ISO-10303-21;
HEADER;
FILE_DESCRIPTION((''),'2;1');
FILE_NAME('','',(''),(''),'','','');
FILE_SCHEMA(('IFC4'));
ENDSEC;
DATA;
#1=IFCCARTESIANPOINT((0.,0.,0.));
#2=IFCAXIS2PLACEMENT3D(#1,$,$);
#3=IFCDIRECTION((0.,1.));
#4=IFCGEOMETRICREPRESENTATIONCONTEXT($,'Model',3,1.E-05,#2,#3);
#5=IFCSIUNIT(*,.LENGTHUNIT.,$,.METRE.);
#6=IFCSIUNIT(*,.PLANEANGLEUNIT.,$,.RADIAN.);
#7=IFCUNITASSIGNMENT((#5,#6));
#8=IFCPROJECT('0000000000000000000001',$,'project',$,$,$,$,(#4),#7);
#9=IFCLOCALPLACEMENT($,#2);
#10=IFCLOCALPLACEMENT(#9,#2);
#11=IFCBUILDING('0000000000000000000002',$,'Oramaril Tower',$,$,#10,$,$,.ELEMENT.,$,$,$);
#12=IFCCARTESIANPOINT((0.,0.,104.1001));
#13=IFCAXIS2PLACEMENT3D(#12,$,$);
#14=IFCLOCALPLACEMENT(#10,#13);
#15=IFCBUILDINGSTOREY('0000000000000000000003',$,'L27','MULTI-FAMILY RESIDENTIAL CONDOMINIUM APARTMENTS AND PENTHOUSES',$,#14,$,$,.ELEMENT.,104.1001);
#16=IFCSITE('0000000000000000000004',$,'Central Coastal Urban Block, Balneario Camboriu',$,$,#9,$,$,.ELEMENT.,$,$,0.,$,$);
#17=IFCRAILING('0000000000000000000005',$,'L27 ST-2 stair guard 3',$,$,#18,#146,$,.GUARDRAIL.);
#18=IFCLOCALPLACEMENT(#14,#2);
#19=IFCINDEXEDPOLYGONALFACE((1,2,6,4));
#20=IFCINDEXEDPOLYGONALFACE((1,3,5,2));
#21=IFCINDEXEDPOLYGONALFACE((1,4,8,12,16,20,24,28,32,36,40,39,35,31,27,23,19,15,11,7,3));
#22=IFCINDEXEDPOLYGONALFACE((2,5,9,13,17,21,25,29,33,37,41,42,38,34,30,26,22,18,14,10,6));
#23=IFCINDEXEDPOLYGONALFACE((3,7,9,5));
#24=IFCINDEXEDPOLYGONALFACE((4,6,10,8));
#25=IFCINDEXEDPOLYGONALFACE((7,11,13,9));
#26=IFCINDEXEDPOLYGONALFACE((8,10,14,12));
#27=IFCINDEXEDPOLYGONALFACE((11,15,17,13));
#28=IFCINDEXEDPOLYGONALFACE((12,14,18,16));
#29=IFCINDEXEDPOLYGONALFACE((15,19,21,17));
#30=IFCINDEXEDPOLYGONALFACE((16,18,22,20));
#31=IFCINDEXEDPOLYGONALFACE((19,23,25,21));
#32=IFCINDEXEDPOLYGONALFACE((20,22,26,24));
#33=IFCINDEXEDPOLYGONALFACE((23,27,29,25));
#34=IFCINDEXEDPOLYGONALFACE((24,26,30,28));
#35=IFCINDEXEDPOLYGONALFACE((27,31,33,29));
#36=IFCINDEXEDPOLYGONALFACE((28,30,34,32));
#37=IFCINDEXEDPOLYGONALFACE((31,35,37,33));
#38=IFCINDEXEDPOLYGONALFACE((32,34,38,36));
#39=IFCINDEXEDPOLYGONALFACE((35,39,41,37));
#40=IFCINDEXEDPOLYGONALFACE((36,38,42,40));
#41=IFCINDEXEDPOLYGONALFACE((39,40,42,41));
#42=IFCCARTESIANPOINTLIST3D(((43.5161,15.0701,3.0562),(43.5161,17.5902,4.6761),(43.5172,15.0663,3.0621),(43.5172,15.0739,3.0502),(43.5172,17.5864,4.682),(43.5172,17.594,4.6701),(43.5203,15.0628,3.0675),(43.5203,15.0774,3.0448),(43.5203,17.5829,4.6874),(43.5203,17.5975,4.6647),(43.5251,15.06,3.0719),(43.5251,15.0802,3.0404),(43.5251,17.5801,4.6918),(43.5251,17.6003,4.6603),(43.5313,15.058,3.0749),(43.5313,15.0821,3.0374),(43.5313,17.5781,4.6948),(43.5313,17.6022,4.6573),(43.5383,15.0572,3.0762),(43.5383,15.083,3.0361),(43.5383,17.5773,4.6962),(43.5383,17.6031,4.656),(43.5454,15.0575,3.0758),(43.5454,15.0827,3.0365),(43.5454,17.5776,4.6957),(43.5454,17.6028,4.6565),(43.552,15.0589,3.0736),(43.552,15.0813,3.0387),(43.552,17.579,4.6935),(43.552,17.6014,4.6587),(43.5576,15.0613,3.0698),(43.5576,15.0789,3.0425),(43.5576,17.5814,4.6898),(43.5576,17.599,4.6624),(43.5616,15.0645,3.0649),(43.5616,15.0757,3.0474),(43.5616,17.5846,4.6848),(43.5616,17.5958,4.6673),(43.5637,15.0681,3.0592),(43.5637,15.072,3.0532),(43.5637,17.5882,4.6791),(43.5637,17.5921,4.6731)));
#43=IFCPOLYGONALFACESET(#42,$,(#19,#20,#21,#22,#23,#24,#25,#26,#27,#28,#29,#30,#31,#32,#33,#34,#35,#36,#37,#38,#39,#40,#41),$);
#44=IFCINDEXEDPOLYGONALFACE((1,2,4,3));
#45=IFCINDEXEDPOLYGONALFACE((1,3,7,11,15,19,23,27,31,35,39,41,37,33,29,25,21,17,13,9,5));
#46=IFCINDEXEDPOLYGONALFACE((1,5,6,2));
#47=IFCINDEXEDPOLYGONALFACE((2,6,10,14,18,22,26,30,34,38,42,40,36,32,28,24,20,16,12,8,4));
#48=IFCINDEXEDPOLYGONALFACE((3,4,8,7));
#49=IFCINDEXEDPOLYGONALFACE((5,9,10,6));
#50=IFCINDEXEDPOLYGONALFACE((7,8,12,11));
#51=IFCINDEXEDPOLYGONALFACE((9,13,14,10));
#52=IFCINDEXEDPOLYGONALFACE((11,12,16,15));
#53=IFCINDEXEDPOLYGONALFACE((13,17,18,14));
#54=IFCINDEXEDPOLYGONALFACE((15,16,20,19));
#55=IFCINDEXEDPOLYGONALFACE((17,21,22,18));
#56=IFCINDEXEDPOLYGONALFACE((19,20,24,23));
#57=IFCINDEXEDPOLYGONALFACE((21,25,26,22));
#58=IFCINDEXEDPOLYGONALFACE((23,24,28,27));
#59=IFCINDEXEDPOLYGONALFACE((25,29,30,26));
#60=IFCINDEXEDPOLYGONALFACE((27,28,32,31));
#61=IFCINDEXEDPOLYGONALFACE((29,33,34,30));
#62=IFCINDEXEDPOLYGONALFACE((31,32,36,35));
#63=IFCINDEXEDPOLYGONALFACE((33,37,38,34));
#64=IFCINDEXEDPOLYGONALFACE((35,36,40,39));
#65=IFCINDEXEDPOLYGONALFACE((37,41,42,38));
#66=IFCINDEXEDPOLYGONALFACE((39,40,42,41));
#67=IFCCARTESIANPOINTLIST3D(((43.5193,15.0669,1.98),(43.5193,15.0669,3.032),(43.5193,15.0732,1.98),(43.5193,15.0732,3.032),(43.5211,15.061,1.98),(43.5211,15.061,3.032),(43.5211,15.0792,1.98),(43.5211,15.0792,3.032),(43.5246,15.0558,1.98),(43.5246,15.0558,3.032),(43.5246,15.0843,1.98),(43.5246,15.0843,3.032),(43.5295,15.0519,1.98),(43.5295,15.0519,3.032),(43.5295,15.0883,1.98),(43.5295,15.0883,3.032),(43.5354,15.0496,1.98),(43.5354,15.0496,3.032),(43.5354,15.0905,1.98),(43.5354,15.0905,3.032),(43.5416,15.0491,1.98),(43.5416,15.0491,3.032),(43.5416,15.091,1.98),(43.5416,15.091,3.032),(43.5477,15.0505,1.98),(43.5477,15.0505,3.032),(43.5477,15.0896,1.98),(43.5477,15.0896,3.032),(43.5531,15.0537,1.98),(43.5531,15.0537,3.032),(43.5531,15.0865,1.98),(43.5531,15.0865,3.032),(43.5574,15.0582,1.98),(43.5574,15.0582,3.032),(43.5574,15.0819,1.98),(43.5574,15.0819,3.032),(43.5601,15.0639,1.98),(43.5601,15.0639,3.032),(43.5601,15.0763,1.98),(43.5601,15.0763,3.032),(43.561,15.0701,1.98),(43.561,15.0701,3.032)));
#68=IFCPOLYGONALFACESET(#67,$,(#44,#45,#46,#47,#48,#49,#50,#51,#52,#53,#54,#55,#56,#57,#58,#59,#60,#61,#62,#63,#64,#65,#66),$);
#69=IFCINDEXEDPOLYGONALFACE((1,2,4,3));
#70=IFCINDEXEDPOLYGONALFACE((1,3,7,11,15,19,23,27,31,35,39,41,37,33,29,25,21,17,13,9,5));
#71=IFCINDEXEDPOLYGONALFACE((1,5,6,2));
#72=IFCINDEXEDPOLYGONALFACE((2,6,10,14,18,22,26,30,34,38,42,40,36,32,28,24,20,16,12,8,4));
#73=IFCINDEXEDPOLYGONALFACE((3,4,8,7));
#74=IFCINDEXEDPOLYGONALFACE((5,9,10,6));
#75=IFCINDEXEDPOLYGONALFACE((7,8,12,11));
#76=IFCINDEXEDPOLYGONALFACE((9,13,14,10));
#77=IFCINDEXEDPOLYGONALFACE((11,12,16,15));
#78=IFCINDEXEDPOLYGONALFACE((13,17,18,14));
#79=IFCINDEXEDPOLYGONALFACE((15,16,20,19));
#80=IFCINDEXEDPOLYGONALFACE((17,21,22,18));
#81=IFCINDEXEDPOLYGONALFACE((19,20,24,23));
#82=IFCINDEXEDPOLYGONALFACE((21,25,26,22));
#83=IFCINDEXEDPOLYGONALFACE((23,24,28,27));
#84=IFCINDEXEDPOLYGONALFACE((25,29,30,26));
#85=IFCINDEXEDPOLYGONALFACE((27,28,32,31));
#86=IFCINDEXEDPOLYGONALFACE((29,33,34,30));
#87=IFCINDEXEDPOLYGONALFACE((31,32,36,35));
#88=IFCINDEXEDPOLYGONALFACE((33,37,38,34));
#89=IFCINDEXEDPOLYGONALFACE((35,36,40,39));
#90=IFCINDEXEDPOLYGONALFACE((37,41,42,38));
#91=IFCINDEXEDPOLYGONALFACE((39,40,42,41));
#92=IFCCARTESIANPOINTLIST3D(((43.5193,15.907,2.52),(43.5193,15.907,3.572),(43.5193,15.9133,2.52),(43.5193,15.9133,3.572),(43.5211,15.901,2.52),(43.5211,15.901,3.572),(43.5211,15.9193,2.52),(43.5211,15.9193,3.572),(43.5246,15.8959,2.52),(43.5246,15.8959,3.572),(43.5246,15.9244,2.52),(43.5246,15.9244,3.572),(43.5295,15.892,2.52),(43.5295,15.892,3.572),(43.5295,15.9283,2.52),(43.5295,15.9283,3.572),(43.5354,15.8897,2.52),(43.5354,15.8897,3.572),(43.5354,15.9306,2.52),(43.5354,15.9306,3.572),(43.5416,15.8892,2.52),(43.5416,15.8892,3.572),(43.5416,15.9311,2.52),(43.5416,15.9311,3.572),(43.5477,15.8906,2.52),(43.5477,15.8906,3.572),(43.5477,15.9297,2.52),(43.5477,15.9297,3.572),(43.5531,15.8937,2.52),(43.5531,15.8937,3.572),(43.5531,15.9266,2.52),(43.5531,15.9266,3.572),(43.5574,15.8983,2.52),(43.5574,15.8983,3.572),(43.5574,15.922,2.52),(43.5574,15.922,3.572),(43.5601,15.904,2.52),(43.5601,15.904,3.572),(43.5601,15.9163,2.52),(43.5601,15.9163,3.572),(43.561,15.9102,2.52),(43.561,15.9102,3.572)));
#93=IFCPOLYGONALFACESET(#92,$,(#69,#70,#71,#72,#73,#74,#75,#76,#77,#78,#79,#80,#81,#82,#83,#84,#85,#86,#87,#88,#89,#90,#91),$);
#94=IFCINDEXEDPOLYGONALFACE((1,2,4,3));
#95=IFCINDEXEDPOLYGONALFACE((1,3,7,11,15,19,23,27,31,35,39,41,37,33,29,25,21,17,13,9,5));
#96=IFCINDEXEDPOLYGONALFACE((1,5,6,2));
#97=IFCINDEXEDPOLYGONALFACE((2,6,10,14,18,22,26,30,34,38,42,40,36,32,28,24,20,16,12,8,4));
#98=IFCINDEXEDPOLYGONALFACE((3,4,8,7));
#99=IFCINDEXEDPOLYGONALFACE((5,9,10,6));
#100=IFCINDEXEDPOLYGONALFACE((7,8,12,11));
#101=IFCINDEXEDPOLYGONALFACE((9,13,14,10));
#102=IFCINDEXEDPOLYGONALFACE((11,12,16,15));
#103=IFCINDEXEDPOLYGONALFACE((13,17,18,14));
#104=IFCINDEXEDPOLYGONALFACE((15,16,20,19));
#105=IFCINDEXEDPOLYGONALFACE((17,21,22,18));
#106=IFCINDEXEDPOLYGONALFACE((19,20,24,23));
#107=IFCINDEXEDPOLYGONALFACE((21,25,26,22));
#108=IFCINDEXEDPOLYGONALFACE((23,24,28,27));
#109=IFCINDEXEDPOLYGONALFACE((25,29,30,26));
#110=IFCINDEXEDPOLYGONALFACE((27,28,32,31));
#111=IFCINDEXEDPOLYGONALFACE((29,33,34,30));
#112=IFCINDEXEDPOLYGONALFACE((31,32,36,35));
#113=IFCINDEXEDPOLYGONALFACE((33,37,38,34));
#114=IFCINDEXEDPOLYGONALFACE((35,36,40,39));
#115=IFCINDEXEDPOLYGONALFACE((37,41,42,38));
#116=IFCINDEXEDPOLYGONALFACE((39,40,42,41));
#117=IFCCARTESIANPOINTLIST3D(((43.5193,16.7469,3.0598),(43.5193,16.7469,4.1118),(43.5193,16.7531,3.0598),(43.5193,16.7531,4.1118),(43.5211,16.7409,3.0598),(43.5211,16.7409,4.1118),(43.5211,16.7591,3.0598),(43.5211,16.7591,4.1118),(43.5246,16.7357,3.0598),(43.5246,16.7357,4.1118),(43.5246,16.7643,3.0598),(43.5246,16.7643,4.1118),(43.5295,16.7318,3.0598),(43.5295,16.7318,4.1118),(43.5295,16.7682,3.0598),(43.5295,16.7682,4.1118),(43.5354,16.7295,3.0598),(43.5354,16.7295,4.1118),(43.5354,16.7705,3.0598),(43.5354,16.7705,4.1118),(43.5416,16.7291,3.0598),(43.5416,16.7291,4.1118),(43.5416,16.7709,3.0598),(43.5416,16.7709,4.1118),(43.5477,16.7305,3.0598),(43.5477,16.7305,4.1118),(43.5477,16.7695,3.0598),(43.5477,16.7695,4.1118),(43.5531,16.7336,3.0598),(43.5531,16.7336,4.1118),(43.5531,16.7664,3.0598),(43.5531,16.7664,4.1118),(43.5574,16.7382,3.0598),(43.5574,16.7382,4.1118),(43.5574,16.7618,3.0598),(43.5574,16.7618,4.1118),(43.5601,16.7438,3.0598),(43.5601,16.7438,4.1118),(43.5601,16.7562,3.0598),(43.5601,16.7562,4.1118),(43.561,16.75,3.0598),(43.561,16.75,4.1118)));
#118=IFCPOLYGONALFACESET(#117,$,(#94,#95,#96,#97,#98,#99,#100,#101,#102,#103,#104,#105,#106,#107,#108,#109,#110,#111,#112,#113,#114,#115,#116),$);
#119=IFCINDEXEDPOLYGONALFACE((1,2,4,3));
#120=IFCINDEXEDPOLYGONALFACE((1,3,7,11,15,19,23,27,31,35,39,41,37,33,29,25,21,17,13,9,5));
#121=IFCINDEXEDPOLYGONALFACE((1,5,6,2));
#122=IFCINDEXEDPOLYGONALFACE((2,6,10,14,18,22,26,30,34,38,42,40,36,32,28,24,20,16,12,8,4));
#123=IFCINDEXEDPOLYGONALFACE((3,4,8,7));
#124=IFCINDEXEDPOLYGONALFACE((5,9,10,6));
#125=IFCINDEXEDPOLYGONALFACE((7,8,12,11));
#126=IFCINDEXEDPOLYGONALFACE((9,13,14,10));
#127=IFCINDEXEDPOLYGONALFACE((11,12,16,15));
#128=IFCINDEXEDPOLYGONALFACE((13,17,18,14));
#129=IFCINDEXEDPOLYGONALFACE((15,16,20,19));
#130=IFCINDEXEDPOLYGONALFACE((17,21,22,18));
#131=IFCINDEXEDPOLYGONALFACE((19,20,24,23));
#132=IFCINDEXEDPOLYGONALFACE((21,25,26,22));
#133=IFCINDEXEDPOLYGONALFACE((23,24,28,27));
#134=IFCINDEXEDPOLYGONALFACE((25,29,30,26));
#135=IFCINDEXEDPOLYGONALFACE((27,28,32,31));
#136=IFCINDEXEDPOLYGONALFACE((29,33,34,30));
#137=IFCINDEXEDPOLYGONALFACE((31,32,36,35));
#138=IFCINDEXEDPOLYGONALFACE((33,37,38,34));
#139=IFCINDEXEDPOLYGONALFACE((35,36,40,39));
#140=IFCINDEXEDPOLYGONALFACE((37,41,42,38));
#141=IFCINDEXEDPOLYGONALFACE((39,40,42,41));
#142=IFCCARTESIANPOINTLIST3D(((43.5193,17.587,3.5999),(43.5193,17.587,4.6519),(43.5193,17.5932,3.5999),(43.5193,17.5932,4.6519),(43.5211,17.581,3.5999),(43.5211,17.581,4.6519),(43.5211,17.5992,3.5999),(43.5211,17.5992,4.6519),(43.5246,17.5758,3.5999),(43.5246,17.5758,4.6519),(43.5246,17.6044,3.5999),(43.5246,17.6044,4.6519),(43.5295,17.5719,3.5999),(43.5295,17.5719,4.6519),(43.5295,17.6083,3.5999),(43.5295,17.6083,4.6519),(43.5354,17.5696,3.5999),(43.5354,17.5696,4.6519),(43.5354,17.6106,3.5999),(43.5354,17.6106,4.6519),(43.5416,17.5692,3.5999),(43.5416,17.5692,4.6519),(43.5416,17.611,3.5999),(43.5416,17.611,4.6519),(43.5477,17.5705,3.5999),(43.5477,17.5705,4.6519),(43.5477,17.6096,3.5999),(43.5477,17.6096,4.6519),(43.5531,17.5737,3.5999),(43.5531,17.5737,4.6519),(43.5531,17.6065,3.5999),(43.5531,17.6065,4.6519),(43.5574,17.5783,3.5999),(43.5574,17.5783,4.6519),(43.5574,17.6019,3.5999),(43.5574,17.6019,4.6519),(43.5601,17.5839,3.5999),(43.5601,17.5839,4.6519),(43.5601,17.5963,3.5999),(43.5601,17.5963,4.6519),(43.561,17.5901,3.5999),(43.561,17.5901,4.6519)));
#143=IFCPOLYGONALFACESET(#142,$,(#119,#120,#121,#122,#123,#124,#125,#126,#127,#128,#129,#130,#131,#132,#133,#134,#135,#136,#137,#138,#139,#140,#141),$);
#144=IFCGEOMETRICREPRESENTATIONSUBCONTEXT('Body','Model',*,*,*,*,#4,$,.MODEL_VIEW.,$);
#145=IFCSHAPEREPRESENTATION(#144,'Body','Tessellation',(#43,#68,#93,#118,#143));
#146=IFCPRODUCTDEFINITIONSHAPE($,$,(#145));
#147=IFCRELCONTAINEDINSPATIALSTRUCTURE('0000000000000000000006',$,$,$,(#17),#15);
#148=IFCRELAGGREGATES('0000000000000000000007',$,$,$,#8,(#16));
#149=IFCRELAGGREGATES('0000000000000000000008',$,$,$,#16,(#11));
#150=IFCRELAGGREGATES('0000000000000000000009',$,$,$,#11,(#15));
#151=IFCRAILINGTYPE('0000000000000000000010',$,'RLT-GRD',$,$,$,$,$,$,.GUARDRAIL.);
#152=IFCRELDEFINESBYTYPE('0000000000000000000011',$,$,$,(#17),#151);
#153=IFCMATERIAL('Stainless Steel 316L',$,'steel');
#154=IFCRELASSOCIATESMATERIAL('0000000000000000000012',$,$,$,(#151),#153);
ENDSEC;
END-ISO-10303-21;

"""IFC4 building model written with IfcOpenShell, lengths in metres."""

from ifc_helpers import new_model, si_unit, direction, frame, origin, origin_2d, place, context, subcontext, project, spatial, circle, extrude, material, type_object, element, save


model = new_model("IFC4")

# Units and contexts
model_context = context("Model", 3, precision=1e-05, world=origin(), true_north=direction((0.0, 1.0)))
body_context = subcontext(model_context, "Body", "Model", "MODEL_VIEW")
ifc_project = project(units=[si_unit("LENGTHUNIT", "METRE"), si_unit("PLANEANGLEUNIT", "RADIAN")], contexts=[model_context])

# Site, building, storey
site_placement = place(None, origin())
site = spatial("IfcSite", under=ifc_project, at=site_placement, Name="Central Coastal Urban Block, Balneario Camboriu", CompositionType="ELEMENT", RefElevation=0.0)
building_placement = place(site_placement, origin())
building = spatial("IfcBuilding", under=site, at=building_placement, Name="Oramaril Tower", CompositionType="ELEMENT")
storey_placement = place(building_placement, frame((0.0, 0.0, 104.1001)))
storey = spatial("IfcBuildingStorey", under=building, at=storey_placement, Name="L27", Description="MULTI-FAMILY RESIDENTIAL CONDOMINIUM APARTMENTS AND PENTHOUSES", CompositionType="ELEMENT", Elevation=104.1001)

# Railing
ifc_material_1 = material(Name="Stainless Steel 316L", Category="steel")
railing_type_1 = type_object("IfcRailingType", Name="RLT-GRD", PredefinedType="GUARDRAIL", material=ifc_material_1)
railing_1_placement = place(storey_placement, frame((43.54, 15.0701, 1.98)))
element("IfcRailing", 1, at=railing_1_placement, inside=storey, type_object=railing_type_1, Name="L27 ST-2 stair guard 3", PredefinedType="GUARDRAIL", context=body_context, shape_type="SweptSolid", body=[
    extrude(circle(Radius=0.0239, at=origin_2d()), frame((0.0, 0.0, 1.0762), z_axis=(0.0, 0.8412, 0.540725), x_axis=(-1.0, 0.0, 0.0)), (0.0, 0.0, 1.0), 2.9958),
    extrude(circle(Radius=0.021, at=origin_2d()), origin(), (0.0, 0.0, 1.0), 1.052),
    extrude(circle(Radius=0.021, at=origin_2d()), frame((0.0, 0.8401, 0.54)), (0.0, 0.0, 1.0), 1.052),
    extrude(circle(Radius=0.021, at=origin_2d()), frame((0.0, 1.6799, 1.0798)), (0.0, 0.0, 1.0), 1.052),
    extrude(circle(Radius=0.021, at=origin_2d()), frame((0.0, 2.52, 1.6199)), (0.0, 0.0, 1.0), 1.052),
])

save(model, "model.ifc")
